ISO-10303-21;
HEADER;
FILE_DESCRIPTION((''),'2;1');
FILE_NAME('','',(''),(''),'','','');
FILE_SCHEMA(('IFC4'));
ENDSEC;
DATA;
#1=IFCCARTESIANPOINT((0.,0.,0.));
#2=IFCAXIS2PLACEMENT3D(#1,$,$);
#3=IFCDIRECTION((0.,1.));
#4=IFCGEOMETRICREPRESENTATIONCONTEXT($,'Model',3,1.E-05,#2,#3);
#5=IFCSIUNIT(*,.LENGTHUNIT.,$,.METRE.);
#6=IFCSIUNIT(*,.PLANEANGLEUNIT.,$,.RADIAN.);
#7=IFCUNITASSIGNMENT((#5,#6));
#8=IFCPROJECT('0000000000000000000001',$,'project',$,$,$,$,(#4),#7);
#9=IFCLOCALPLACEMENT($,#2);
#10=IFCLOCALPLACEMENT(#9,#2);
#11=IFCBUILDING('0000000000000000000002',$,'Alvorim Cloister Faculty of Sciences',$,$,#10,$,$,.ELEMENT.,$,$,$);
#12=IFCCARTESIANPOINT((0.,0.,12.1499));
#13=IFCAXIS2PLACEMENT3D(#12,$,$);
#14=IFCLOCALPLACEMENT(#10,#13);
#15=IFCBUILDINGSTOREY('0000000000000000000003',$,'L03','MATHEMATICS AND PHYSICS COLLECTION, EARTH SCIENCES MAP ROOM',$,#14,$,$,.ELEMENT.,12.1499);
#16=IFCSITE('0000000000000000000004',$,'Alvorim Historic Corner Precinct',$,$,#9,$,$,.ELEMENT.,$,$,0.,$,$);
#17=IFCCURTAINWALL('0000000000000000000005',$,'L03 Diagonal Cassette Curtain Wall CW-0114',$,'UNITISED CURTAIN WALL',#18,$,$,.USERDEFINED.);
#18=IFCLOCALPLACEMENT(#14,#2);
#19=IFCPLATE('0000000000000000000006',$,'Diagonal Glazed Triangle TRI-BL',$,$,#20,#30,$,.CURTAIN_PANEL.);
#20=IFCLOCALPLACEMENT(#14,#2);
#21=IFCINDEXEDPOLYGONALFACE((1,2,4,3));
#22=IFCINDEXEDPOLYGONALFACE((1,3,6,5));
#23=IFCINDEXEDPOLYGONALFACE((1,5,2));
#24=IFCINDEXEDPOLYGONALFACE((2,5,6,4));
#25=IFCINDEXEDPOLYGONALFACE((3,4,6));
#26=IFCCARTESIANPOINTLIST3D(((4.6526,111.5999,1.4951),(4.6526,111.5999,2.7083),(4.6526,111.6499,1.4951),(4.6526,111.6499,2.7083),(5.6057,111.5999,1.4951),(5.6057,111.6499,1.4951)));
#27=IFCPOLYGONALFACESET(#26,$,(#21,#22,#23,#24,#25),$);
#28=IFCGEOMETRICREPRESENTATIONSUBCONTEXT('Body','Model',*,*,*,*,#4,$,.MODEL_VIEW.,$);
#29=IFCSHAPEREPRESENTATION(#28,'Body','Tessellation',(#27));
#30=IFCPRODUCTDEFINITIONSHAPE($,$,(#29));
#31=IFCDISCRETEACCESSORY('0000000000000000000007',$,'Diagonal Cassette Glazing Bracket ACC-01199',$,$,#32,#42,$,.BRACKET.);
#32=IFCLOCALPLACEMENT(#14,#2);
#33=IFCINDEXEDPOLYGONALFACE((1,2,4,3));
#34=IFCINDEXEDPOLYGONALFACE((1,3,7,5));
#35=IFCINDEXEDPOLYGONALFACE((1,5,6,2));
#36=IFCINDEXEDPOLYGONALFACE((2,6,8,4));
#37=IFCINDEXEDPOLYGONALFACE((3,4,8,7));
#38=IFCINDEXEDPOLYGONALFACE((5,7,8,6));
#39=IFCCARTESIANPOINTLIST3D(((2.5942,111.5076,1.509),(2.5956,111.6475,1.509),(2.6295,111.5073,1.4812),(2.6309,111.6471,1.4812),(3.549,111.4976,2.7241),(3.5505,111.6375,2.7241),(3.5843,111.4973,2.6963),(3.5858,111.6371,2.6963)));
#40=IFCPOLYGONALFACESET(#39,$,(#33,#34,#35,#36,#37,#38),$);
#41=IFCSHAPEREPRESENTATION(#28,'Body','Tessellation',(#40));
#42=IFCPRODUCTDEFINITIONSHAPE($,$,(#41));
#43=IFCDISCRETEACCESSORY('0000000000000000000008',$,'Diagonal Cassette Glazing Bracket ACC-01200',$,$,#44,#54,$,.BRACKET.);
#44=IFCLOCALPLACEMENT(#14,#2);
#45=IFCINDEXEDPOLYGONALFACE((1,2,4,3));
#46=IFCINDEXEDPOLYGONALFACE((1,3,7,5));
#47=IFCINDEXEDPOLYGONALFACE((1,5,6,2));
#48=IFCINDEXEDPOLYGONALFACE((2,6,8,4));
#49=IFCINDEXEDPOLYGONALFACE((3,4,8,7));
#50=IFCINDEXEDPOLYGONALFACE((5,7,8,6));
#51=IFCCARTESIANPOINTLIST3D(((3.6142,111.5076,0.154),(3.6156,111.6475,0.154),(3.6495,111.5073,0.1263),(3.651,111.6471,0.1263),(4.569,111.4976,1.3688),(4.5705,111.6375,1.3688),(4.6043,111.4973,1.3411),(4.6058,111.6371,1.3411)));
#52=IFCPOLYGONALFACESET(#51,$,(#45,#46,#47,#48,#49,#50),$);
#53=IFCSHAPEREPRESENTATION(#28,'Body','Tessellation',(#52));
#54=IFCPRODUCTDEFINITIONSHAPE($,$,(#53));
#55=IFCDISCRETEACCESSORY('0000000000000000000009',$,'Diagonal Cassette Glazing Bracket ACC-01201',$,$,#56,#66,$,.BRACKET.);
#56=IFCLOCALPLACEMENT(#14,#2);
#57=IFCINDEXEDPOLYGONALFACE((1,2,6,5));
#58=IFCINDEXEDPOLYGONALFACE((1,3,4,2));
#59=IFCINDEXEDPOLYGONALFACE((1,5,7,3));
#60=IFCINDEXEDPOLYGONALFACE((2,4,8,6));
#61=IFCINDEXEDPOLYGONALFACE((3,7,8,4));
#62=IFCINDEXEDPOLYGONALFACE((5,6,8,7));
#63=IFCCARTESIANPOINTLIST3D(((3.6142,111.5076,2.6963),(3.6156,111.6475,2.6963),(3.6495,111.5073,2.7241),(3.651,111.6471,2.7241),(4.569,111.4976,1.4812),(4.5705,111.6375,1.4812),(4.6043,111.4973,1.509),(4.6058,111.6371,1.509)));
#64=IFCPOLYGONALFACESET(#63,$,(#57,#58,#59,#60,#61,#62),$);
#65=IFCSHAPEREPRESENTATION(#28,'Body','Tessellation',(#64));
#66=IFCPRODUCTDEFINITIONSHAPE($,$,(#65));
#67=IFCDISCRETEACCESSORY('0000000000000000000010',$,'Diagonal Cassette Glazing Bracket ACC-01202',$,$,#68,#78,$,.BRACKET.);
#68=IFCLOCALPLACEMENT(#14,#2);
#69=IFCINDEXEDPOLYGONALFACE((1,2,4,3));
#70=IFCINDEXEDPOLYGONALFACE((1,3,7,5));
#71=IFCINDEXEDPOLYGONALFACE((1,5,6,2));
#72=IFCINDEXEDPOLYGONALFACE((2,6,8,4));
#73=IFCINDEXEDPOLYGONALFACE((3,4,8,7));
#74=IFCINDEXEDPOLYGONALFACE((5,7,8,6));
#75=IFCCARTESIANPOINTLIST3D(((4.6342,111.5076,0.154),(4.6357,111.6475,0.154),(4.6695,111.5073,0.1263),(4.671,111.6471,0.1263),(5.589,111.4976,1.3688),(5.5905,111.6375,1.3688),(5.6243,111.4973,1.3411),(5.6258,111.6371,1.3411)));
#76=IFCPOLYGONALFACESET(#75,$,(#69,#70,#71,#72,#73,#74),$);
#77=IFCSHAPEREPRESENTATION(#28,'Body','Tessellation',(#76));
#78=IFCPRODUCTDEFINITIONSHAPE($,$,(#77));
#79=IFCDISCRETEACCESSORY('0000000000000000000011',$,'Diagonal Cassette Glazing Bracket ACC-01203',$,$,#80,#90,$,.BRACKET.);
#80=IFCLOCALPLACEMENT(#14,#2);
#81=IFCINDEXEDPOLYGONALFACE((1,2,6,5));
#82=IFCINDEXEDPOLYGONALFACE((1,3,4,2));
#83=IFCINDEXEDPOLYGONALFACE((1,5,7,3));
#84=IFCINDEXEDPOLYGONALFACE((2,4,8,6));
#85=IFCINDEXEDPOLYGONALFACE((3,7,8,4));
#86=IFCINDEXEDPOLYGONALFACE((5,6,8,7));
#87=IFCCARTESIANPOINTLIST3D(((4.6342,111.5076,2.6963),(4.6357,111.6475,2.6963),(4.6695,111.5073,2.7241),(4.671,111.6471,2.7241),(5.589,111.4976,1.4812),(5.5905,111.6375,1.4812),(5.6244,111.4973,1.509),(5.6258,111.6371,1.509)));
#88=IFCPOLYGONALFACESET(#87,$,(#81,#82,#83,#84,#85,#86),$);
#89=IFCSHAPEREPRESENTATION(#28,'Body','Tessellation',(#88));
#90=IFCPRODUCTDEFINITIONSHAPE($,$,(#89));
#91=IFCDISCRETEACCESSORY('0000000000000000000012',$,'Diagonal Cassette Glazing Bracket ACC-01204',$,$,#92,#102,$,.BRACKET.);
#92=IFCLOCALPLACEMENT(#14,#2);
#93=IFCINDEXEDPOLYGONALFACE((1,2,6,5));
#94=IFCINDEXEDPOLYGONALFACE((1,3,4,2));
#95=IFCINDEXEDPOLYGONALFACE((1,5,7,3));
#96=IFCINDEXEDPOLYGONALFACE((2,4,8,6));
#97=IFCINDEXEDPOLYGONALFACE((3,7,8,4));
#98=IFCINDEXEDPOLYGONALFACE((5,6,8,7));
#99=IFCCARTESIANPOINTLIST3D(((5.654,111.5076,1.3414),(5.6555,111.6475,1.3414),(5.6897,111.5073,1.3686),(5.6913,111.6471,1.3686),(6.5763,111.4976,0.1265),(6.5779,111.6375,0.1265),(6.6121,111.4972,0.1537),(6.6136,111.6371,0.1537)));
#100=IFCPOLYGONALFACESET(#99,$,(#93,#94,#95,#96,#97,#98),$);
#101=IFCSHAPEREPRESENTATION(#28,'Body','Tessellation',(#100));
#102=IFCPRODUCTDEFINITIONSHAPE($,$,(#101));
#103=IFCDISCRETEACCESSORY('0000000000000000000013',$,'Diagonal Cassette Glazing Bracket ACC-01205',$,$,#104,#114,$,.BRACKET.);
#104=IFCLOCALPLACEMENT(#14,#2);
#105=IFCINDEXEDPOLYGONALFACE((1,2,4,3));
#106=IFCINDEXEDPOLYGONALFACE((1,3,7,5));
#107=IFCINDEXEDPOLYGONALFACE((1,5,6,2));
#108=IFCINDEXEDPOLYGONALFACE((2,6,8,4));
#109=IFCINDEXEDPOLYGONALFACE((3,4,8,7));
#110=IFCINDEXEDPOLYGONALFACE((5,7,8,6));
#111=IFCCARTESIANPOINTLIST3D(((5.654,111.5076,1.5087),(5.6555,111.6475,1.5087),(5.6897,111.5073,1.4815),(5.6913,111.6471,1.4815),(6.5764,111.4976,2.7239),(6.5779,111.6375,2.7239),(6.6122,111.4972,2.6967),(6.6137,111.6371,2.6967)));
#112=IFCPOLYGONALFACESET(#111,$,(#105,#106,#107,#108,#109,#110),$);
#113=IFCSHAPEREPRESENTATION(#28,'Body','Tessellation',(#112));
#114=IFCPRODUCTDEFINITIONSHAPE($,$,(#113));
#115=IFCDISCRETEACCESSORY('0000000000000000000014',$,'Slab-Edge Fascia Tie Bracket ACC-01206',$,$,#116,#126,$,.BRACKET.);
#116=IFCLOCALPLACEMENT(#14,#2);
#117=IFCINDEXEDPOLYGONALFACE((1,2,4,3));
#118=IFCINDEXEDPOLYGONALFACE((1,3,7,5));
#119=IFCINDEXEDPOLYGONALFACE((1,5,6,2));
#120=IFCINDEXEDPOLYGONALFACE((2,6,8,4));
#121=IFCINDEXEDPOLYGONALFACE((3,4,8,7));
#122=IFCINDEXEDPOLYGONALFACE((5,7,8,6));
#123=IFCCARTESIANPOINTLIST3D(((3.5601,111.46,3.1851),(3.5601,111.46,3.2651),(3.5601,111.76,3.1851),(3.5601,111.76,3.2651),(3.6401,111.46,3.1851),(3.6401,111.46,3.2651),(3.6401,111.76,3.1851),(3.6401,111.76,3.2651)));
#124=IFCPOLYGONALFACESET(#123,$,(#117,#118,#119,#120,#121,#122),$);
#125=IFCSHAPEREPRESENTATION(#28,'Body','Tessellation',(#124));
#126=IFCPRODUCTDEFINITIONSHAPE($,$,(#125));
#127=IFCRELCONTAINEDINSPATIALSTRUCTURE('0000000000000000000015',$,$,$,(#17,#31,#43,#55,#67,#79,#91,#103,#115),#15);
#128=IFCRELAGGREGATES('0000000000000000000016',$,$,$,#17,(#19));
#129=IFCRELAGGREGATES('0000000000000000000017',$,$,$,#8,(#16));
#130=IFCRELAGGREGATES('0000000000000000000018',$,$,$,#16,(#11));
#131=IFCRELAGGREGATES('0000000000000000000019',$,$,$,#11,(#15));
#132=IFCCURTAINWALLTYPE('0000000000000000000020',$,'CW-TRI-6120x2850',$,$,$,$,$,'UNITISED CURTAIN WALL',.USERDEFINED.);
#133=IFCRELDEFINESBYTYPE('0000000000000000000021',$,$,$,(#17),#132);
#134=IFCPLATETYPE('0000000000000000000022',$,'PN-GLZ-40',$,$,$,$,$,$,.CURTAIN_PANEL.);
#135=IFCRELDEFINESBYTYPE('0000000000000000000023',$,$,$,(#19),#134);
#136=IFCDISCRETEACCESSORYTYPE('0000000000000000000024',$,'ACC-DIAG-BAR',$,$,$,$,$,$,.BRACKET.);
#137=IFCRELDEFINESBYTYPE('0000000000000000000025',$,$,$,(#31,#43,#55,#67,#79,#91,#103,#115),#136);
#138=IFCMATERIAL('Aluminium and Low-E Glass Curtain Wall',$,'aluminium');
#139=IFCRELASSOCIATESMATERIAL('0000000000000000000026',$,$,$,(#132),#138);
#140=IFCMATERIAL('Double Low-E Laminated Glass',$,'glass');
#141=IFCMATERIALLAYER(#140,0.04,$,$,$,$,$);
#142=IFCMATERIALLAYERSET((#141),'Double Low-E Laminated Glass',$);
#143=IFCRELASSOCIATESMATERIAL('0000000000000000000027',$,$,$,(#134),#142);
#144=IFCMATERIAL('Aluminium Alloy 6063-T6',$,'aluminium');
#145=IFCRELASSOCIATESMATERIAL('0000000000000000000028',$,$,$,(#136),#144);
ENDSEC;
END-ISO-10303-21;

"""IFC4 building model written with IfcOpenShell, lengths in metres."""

from ifc_helpers import new_model, si_unit, direction, frame, origin, origin_2d, place, context, subcontext, project, spatial, polyline, rectangle, outline, extrude, material, layer, layer_set, type_object, element, aggregate, save


model = new_model("IFC4")

# Units and contexts
model_context = context("Model", 3, precision=1e-05, world=origin(), true_north=direction((0.0, 1.0)))
body_context = subcontext(model_context, "Body", "Model", "MODEL_VIEW")
ifc_project = project(units=[si_unit("LENGTHUNIT", "METRE"), si_unit("PLANEANGLEUNIT", "RADIAN")], contexts=[model_context])

# Site, building, storey
site_placement = place(None, origin())
site = spatial("IfcSite", under=ifc_project, at=site_placement, Name="Alvorim Historic Corner Precinct", CompositionType="ELEMENT", RefElevation=0.0)
building_placement = place(site_placement, origin())
building = spatial("IfcBuilding", under=site, at=building_placement, Name="Alvorim Cloister Faculty of Sciences", CompositionType="ELEMENT")
storey_placement = place(building_placement, frame((0.0, 0.0, 12.1499)))
storey = spatial("IfcBuildingStorey", under=building, at=storey_placement, Name="L03", Description="MATHEMATICS AND PHYSICS COLLECTION, EARTH SCIENCES MAP ROOM", CompositionType="ELEMENT", Elevation=12.1499)

# Curtain wall, plate
ifc_material_1 = material(Name="Aluminium and Low-E Glass Curtain Wall", Category="aluminium")
curtain_wall_type = type_object("IfcCurtainWallType", Name="CW-TRI-6120x2850", ElementType="UNITISED CURTAIN WALL", PredefinedType="USERDEFINED", material=ifc_material_1)
curtain_wall_placement = place(storey_placement, origin())
curtain_wall = element("IfcCurtainWall", 1, at=curtain_wall_placement, inside=storey, type_object=curtain_wall_type, Name="L03 Diagonal Cassette Curtain Wall CW-0114", ObjectType="UNITISED CURTAIN WALL", PredefinedType="USERDEFINED")
ifc_material_2 = material(Name="Aluminium Alloy 6063-T6", Category="aluminium")
ifc_material_3 = material(Name="Double Low-E Laminated Glass", Category="glass")
ifc_layer = layer(ifc_material_3, 0.04)
ifc_layer_set = layer_set([ifc_layer], Name="Double Low-E Laminated Glass")
plate_type = type_object("IfcPlateType", Name="PN-GLZ-40", PredefinedType="CURTAIN_PANEL", material=ifc_layer_set)
plate_1_placement = place(storey_placement, frame((4.6526, 111.625, 1.4951), z_axis=(0.0, 0.0, 1.0), x_axis=(1.0, 0.0, 0.0)))
plate_1 = element("IfcPlate", 2, at=plate_1_placement, type_object=plate_type, Name="Diagonal Glazed Triangle TRI-BL", PredefinedType="CURTAIN_PANEL", context=body_context, shape_type="SweptSolid", body=[
    extrude(outline(polyline([(0.0, 0.0), (0.9531, 0.0), (0.0, 1.2131), (0.0, 0.0)])), frame((0.0, 0.0249, 0.0), z_axis=(0.0, -1.0, 0.0), x_axis=(1.0, 0.0, 0.0)), (0.0, 0.0, 1.0), 0.05),
])
aggregate(curtain_wall, [plate_1])

# Discrete accessories
discrete_accessory_type = type_object("IfcDiscreteAccessoryType", Name="ACC-DIAG-BAR", PredefinedType="BRACKET", material=ifc_material_2)
discrete_accessory_1_placement = place(storey_placement, frame((2.6125, 111.5774, 1.4951), z_axis=(0.617857, -0.006477, 0.786263), x_axis=(0.010483, 0.999945, 0.0)))
element("IfcDiscreteAccessory", 3, at=discrete_accessory_1_placement, inside=storey, type_object=discrete_accessory_type, Name="Diagonal Cassette Glazing Bracket ACC-01199", PredefinedType="BRACKET", context=body_context, shape_type="SweptSolid", body=[
    extrude(rectangle(XDim=0.1399, YDim=0.0449, at=origin_2d()), origin(), (0.0, 0.0, 1.0), 1.5454),
])
discrete_accessory_2_placement = place(storey_placement, frame((3.6326, 111.5774, 0.1401), z_axis=(0.617934, -0.006478, 0.786203), x_axis=(0.010483, 0.999945, 0.0)))
element("IfcDiscreteAccessory", 4, at=discrete_accessory_2_placement, inside=storey, type_object=discrete_accessory_type, Name="Diagonal Cassette Glazing Bracket ACC-01200", PredefinedType="BRACKET", context=body_context, shape_type="SweptSolid", body=[
    extrude(rectangle(XDim=0.1399, YDim=0.0449, at=origin_2d()), origin(), (0.0, 0.0, 1.0), 1.5452),
])
discrete_accessory_3_placement = place(storey_placement, frame((3.6326, 111.5774, 2.7102), z_axis=(0.617857, -0.006477, -0.786263), x_axis=(0.010483, 0.999945, 0.0)))
element("IfcDiscreteAccessory", 5, at=discrete_accessory_3_placement, inside=storey, type_object=discrete_accessory_type, Name="Diagonal Cassette Glazing Bracket ACC-01201", PredefinedType="BRACKET", context=body_context, shape_type="SweptSolid", body=[
    extrude(rectangle(XDim=0.1399, YDim=0.0449, at=origin_2d()), origin(), (0.0, 0.0, 1.0), 1.5454),
])
discrete_accessory_4_placement = place(storey_placement, frame((4.6526, 111.5774, 0.1401), z_axis=(0.617934, -0.006478, 0.786203), x_axis=(0.010483, 0.999945, 0.0)))
element("IfcDiscreteAccessory", 6, at=discrete_accessory_4_placement, inside=storey, type_object=discrete_accessory_type, Name="Diagonal Cassette Glazing Bracket ACC-01202", PredefinedType="BRACKET", context=body_context, shape_type="SweptSolid", body=[
    extrude(rectangle(XDim=0.1399, YDim=0.0449, at=origin_2d()), origin(), (0.0, 0.0, 1.0), 1.5452),
])
discrete_accessory_5_placement = place(storey_placement, frame((4.6526, 111.5774, 2.7102), z_axis=(0.617857, -0.006477, -0.786263), x_axis=(0.010483, 0.999945, 0.0)))
element("IfcDiscreteAccessory", 7, at=discrete_accessory_5_placement, inside=storey, type_object=discrete_accessory_type, Name="Diagonal Cassette Glazing Bracket ACC-01203", PredefinedType="BRACKET", context=body_context, shape_type="SweptSolid", body=[
    extrude(rectangle(XDim=0.1399, YDim=0.0449, at=origin_2d()), origin(), (0.0, 0.0, 1.0), 1.5454),
])
discrete_accessory_6_placement = place(storey_placement, frame((5.6726, 111.5774, 1.355), z_axis=(0.604689, -0.006562, -0.796435), x_axis=(0.010852, 0.999941, 0.0)))
element("IfcDiscreteAccessory", 8, at=discrete_accessory_6_placement, inside=storey, type_object=discrete_accessory_type, Name="Diagonal Cassette Glazing Bracket ACC-01204", PredefinedType="BRACKET", context=body_context, shape_type="SweptSolid", body=[
    extrude(rectangle(XDim=0.1399, YDim=0.0449, at=origin_2d()), origin(), (0.0, 0.0, 1.0), 1.5254),
])
discrete_accessory_7_placement = place(storey_placement, frame((5.6726, 111.5774, 1.4951), z_axis=(0.604612, -0.006561, 0.796493), x_axis=(0.010852, 0.999941, 0.0)))
element("IfcDiscreteAccessory", 9, at=discrete_accessory_7_placement, inside=storey, type_object=discrete_accessory_type, Name="Diagonal Cassette Glazing Bracket ACC-01205", PredefinedType="BRACKET", context=body_context, shape_type="SweptSolid", body=[
    extrude(rectangle(XDim=0.1399, YDim=0.0449, at=origin_2d()), origin(), (0.0, 0.0, 1.0), 1.5256),
])
discrete_accessory_8_placement = place(storey_placement, frame((3.6001, 111.46, 3.2251), z_axis=(0.0, 1.0, 0.0), x_axis=(-1.0, 0.0, 0.0)))
element("IfcDiscreteAccessory", 10, at=discrete_accessory_8_placement, inside=storey, type_object=discrete_accessory_type, Name="Slab-Edge Fascia Tie Bracket ACC-01206", PredefinedType="BRACKET", context=body_context, shape_type="SweptSolid", body=[
    extrude(rectangle(XDim=0.0801, YDim=0.0801, at=origin_2d()), origin(), (0.0, 0.0, 1.0), 0.3),
])

save(model, "model.ifc")
